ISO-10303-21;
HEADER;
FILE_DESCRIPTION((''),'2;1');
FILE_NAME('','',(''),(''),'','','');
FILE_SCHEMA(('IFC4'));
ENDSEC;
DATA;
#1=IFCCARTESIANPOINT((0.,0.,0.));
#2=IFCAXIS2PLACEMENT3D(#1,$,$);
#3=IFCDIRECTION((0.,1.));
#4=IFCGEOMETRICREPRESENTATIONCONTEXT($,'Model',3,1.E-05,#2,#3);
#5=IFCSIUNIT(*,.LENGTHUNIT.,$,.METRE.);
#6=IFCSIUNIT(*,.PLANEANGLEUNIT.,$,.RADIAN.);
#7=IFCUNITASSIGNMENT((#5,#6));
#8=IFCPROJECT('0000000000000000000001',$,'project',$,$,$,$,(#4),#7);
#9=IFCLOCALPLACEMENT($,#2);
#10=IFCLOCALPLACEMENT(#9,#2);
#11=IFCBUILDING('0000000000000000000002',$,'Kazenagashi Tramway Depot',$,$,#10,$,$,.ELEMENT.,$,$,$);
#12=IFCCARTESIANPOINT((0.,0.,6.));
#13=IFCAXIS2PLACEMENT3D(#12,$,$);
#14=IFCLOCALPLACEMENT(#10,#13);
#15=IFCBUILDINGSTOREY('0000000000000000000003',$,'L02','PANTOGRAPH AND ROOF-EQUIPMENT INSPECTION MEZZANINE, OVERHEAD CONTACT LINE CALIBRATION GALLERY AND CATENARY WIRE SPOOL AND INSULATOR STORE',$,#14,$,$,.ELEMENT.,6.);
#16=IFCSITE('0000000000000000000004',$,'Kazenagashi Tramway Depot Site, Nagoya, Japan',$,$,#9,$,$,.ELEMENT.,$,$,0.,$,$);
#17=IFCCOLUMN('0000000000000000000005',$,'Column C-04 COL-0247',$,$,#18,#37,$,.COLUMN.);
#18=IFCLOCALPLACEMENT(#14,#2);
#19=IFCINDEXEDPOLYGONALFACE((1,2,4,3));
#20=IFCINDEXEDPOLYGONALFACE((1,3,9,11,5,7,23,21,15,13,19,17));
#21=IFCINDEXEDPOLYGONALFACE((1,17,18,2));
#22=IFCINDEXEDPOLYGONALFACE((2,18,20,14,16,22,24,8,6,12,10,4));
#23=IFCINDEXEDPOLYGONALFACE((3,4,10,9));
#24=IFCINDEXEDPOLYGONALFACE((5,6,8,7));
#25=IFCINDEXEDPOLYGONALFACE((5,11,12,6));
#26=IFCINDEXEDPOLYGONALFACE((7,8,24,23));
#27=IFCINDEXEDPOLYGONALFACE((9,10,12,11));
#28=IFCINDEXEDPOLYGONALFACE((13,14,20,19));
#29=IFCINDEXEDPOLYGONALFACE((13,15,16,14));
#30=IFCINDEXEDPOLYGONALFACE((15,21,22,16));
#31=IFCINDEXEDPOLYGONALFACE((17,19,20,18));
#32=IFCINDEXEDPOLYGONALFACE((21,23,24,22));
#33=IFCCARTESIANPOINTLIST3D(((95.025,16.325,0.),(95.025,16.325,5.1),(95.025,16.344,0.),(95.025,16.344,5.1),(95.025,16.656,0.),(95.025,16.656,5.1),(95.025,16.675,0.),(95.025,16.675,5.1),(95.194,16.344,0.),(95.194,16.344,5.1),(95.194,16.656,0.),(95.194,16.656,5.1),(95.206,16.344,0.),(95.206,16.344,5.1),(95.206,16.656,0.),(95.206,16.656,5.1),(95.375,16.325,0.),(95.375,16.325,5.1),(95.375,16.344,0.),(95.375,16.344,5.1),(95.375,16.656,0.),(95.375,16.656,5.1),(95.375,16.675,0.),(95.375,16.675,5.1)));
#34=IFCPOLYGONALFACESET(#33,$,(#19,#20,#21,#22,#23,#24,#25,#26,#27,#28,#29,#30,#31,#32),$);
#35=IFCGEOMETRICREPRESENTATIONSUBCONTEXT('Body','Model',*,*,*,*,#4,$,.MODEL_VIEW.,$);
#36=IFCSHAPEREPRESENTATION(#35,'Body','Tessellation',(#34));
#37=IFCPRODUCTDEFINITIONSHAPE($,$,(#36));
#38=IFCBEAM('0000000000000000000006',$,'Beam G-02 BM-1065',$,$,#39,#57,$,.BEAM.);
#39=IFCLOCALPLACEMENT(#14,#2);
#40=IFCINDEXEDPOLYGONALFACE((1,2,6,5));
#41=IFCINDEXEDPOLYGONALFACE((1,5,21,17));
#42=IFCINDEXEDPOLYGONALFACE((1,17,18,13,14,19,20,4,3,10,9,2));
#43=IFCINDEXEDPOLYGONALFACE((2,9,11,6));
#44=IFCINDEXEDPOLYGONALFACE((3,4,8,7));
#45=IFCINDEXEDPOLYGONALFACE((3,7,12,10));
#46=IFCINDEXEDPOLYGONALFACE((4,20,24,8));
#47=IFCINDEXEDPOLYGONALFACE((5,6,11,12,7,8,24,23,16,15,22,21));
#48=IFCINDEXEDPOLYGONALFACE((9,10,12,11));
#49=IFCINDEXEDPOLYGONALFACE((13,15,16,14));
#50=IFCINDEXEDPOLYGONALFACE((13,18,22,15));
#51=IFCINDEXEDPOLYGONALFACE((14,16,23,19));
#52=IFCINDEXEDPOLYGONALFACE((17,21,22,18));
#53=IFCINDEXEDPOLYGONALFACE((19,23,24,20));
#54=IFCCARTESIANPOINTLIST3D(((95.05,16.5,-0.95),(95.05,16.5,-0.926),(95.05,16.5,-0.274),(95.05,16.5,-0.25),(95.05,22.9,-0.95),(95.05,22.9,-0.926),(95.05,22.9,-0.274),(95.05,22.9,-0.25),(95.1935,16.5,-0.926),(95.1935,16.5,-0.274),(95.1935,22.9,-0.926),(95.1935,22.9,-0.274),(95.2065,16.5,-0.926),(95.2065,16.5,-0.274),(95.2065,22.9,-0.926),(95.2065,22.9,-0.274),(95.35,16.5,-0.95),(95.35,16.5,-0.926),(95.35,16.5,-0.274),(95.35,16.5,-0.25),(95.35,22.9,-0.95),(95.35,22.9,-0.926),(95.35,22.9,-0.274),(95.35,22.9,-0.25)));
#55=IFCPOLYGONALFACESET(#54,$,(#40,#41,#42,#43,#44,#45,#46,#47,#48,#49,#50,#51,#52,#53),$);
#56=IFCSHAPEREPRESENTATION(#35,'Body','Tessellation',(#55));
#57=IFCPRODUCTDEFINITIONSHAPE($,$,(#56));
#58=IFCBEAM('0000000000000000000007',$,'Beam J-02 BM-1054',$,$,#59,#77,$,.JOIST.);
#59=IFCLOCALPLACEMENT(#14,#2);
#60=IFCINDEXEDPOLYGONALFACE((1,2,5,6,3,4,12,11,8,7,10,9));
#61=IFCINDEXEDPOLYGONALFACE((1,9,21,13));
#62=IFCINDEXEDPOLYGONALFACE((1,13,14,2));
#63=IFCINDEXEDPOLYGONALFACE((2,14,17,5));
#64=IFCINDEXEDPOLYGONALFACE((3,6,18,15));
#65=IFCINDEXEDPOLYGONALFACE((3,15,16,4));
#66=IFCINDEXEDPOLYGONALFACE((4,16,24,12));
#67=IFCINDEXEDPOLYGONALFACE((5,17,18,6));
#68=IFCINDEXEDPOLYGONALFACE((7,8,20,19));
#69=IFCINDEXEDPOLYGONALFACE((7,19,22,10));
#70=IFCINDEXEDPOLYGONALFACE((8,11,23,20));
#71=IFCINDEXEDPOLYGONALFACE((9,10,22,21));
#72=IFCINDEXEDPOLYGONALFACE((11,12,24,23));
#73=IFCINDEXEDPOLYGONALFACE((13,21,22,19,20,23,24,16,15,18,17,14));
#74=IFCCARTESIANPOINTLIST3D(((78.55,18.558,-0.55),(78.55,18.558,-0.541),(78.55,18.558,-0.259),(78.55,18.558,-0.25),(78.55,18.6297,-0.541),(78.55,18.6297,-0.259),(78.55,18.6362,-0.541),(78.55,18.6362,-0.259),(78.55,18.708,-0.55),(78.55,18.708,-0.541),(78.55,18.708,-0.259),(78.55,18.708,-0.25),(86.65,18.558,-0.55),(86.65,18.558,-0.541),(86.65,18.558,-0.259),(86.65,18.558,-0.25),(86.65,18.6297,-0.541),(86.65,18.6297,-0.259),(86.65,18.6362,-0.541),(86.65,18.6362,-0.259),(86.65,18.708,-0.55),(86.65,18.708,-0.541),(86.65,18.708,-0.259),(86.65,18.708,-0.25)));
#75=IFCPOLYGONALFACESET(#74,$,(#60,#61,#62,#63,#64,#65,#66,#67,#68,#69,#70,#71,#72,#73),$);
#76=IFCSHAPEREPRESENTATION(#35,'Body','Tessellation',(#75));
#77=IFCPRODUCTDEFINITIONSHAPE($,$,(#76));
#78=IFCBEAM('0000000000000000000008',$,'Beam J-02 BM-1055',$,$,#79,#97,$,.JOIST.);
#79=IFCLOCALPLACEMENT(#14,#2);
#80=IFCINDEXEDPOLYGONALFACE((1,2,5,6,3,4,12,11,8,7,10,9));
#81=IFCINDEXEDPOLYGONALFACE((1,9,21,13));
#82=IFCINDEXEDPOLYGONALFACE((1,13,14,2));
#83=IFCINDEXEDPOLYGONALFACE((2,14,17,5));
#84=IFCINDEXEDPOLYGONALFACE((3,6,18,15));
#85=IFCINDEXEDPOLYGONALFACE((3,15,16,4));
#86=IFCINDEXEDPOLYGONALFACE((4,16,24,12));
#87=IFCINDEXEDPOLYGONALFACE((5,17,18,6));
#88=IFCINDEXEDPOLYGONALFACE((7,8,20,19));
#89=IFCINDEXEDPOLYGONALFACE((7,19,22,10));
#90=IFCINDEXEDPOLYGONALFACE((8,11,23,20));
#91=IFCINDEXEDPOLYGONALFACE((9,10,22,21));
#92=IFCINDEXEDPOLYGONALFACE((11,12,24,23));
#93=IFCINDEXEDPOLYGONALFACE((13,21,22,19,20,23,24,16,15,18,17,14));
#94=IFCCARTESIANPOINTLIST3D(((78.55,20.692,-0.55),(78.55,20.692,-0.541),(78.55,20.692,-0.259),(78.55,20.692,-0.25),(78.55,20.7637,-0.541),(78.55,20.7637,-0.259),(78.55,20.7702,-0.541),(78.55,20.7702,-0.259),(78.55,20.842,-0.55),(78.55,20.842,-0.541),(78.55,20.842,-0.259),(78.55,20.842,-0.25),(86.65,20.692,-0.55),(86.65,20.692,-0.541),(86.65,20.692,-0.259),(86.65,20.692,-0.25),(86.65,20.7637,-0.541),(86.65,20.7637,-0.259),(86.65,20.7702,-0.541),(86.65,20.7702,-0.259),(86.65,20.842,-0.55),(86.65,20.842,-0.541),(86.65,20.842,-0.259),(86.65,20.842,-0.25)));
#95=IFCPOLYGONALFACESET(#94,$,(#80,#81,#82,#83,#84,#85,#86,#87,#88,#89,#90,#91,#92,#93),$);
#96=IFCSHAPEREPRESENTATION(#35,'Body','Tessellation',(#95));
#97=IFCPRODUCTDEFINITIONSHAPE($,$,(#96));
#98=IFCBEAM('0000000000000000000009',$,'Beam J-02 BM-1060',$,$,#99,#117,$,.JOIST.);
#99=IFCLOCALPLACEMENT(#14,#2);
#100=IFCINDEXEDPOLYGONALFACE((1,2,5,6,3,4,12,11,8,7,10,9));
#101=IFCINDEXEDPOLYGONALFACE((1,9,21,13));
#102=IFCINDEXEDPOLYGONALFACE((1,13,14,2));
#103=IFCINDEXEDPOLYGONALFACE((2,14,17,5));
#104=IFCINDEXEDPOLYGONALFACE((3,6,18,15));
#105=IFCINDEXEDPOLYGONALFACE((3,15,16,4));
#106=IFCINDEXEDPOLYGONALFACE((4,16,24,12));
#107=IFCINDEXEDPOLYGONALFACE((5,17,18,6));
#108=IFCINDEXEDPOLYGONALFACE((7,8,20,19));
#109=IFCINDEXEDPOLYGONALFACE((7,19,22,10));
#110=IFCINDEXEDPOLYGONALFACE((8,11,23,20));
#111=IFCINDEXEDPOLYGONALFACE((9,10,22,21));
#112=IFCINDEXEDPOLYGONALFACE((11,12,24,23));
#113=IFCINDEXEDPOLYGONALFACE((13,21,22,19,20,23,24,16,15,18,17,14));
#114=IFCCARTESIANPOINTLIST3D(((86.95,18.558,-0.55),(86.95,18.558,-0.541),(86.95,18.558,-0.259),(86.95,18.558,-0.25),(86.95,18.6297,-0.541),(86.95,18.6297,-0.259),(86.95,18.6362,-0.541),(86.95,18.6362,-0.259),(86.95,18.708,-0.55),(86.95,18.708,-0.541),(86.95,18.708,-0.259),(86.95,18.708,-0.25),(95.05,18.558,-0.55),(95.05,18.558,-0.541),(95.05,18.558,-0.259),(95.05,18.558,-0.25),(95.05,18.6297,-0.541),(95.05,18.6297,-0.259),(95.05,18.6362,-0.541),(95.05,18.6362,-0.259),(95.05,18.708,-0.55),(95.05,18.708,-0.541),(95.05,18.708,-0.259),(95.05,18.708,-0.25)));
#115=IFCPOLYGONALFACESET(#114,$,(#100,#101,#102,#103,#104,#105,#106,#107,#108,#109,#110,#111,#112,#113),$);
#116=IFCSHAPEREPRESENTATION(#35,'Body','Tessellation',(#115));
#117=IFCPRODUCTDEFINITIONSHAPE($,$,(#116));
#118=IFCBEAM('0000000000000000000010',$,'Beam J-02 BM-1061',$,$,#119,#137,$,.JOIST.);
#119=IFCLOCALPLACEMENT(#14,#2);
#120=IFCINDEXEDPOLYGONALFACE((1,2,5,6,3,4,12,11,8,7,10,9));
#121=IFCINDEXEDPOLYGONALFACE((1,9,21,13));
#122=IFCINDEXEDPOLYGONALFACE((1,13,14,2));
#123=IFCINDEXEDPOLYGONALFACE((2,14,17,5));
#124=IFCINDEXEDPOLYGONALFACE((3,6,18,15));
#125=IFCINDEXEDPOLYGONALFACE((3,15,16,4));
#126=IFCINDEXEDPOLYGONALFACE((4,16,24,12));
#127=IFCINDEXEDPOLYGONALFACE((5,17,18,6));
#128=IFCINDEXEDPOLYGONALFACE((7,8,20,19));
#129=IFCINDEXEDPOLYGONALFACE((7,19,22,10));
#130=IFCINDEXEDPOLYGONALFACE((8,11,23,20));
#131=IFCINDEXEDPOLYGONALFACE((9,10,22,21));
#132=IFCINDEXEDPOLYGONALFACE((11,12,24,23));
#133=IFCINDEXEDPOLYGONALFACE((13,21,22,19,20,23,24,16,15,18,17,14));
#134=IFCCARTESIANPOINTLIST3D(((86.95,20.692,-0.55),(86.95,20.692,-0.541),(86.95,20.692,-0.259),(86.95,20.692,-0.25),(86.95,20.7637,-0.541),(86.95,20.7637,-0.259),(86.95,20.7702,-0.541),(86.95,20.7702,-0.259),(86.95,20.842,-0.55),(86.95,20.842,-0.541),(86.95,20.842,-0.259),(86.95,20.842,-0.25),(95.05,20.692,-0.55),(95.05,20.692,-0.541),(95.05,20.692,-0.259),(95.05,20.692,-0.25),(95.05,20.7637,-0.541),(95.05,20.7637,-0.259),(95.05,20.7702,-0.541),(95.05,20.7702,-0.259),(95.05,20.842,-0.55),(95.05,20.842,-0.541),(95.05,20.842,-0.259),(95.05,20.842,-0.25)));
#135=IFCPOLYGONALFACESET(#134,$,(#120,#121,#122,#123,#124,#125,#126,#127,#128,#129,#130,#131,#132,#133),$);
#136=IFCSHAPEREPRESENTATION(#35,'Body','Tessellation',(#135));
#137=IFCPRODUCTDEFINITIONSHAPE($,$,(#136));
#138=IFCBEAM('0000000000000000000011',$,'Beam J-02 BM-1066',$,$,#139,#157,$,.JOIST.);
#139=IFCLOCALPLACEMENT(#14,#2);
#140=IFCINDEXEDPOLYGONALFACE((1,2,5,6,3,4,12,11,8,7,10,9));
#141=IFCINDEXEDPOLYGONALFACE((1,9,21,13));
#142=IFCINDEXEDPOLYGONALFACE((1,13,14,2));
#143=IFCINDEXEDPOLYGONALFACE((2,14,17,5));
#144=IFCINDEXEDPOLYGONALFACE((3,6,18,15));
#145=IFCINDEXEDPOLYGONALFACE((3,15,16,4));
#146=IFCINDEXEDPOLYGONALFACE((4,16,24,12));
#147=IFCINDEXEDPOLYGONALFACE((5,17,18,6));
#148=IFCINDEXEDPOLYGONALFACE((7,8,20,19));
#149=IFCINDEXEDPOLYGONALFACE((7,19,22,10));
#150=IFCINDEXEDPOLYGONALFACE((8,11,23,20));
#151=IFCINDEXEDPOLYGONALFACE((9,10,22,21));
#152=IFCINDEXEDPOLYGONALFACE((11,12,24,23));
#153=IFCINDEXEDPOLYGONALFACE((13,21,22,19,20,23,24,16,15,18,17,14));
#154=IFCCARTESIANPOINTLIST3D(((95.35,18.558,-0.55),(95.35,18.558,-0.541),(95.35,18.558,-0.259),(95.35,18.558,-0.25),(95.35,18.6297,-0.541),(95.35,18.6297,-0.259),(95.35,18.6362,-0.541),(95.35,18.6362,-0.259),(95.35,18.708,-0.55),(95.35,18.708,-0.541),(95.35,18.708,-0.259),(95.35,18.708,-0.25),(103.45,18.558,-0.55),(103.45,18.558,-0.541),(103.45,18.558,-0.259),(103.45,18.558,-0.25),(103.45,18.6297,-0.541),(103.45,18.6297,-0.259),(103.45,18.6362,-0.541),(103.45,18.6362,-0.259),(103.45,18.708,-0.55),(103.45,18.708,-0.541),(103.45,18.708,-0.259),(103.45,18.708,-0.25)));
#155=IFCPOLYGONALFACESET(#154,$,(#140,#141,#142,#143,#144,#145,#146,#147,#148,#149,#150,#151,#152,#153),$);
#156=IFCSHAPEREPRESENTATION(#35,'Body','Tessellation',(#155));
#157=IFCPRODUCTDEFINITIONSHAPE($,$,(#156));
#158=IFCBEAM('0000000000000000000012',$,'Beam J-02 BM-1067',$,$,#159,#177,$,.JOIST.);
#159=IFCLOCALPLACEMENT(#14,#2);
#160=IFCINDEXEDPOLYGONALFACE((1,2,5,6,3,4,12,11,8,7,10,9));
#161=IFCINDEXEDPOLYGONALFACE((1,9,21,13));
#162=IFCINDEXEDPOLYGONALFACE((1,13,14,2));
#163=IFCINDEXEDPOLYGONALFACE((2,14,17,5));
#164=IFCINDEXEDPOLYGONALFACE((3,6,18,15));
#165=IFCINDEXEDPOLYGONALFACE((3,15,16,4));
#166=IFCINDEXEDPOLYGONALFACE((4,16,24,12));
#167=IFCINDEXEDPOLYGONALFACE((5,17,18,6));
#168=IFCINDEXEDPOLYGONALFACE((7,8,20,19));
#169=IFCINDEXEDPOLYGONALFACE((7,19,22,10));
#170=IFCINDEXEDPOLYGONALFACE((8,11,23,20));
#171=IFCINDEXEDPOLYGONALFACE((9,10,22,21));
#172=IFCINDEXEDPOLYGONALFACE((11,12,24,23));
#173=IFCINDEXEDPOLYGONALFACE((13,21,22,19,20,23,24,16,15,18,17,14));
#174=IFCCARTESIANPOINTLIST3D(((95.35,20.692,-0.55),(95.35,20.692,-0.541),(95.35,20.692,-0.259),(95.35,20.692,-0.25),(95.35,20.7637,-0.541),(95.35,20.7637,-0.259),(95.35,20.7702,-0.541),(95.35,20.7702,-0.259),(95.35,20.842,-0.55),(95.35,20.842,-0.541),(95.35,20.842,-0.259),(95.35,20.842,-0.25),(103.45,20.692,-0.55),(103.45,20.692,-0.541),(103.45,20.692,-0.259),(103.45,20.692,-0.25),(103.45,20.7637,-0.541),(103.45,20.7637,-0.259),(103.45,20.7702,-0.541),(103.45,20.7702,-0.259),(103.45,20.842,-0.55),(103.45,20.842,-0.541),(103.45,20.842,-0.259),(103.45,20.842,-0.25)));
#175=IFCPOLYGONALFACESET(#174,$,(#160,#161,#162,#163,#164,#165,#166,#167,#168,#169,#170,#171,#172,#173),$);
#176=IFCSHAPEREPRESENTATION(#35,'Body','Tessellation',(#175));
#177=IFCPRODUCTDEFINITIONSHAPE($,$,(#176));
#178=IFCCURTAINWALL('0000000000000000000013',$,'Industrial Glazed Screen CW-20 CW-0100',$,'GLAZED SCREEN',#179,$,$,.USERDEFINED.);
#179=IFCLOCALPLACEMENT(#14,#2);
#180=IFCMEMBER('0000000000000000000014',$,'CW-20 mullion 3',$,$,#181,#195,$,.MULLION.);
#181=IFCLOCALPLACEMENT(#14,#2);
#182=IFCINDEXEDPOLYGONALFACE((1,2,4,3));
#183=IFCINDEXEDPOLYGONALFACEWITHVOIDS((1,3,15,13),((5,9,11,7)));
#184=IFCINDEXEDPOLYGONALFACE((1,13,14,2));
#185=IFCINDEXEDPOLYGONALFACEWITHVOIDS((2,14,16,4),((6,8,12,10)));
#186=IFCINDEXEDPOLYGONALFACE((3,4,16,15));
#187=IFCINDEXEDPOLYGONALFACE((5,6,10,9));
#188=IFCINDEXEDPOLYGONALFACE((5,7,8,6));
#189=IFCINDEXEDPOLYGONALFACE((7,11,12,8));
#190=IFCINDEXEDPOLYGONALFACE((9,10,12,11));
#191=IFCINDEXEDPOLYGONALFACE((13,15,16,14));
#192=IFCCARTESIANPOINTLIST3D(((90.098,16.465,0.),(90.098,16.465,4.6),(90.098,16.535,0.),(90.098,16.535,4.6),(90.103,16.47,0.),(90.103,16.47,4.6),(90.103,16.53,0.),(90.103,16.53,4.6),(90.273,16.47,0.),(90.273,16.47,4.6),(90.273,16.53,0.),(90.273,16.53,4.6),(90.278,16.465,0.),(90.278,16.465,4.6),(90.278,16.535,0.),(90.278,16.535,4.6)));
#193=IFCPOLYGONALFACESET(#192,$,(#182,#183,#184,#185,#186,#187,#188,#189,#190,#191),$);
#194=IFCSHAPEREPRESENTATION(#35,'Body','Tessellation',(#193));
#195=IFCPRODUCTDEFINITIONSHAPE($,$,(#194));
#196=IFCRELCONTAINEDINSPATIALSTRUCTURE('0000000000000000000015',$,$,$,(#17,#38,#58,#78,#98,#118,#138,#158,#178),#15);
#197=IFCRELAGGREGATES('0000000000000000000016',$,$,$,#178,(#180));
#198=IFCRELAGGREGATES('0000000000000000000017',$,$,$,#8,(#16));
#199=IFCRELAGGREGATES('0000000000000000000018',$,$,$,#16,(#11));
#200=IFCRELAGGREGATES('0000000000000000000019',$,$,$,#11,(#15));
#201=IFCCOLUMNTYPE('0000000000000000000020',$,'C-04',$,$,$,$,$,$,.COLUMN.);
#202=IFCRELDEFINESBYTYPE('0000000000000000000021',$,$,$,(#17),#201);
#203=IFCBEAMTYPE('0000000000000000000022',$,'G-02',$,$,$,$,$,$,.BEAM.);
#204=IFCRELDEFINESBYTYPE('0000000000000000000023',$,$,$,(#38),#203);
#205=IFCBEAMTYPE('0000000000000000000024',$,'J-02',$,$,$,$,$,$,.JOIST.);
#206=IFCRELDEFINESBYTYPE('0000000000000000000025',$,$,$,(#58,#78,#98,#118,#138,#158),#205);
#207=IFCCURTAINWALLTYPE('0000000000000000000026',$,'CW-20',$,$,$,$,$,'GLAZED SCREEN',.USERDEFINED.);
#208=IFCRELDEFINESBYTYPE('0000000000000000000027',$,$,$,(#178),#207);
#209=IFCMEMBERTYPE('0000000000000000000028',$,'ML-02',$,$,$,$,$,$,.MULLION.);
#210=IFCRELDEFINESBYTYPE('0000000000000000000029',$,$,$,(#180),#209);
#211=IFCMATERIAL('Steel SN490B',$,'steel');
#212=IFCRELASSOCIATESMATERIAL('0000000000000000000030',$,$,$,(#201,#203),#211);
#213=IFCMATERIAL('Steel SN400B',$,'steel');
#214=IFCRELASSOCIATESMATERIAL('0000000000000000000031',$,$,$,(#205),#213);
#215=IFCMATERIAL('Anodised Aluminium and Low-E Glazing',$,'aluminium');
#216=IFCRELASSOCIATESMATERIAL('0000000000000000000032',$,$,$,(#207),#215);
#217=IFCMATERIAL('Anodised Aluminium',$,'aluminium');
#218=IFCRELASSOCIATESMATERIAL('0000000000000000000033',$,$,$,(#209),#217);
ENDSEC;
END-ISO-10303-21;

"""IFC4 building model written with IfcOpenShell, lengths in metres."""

from ifc_helpers import new_model, si_unit, direction, frame, origin, origin_2d, place, context, subcontext, project, spatial, hollow_rectangle, i_section, extrude, material, material_profile, profile_set, type_object, element, aggregate, save


model = new_model("IFC4")

# Units and contexts
model_context = context("Model", 3, precision=1e-05, world=origin(), true_north=direction((0.0, 1.0)))
body_context = subcontext(model_context, "Body", "Model", "MODEL_VIEW")
ifc_project = project(units=[si_unit("LENGTHUNIT", "METRE"), si_unit("PLANEANGLEUNIT", "RADIAN")], contexts=[model_context])

# Site, building, storey
site_placement = place(None, origin())
site = spatial("IfcSite", under=ifc_project, at=site_placement, Name="Kazenagashi Tramway Depot Site, Nagoya, Japan", CompositionType="ELEMENT", RefElevation=0.0)
building_placement = place(site_placement, origin())
building = spatial("IfcBuilding", under=site, at=building_placement, Name="Kazenagashi Tramway Depot", CompositionType="ELEMENT")
storey_placement = place(building_placement, frame((0.0, 0.0, 6.0)))
storey = spatial("IfcBuildingStorey", under=building, at=storey_placement, Name="L02", Description="PANTOGRAPH AND ROOF-EQUIPMENT INSPECTION MEZZANINE, OVERHEAD CONTACT LINE CALIBRATION GALLERY AND CATENARY WIRE SPOOL AND INSULATOR STORE", CompositionType="ELEMENT", Elevation=6.0)

# Column
ifc_material_1 = material(Name="Steel SN490B", Category="steel")
ifc_material_profile_1 = material_profile(ifc_material_1, i_section(OverallWidth=0.35, OverallDepth=0.35, WebThickness=0.012, FlangeThickness=0.019, at=origin_2d()), Name="H-350x350x12x19")
ifc_profile_set_1 = profile_set([ifc_material_profile_1], Name="Steel SN490B")
column_type = type_object("IfcColumnType", Name="C-04", PredefinedType="COLUMN", material=ifc_profile_set_1)
column_placement = place(storey_placement, frame((95.2, 16.5, 0.0), z_axis=(0.0, 0.0, 1.0), x_axis=(1.0, 0.0, 0.0)))
element("IfcColumn", 1, at=column_placement, inside=storey, type_object=column_type, Name="Column C-04 COL-0247", PredefinedType="COLUMN", context=body_context, shape_type="SweptSolid", body=[
    extrude(i_section(OverallWidth=0.35, OverallDepth=0.35, WebThickness=0.012, FlangeThickness=0.019, at=origin_2d()), origin(), (0.0, 0.0, 1.0), 5.1),
])

# Beams
ifc_material_profile_2 = material_profile(ifc_material_1, i_section(OverallWidth=0.3, OverallDepth=0.7, WebThickness=0.013, FlangeThickness=0.024, at=origin_2d()), Name="H-700x300x13x24")
ifc_profile_set_2 = profile_set([ifc_material_profile_2], Name="Steel SN490B")
beam_type_1 = type_object("IfcBeamType", Name="G-02", PredefinedType="BEAM", material=ifc_profile_set_2)
beam_1_placement = place(storey_placement, frame((95.2, 16.5, -0.6), z_axis=(0.0, 1.0, 0.0), x_axis=(-1.0, 0.0, 0.0)))
element("IfcBeam", 2, at=beam_1_placement, inside=storey, type_object=beam_type_1, Name="Beam G-02 BM-1065", PredefinedType="BEAM", context=body_context, shape_type="SweptSolid", body=[
    extrude(i_section(OverallWidth=0.3, OverallDepth=0.7, WebThickness=0.013, FlangeThickness=0.024, at=origin_2d()), origin(), (0.0, 0.0, 1.0), 6.4),
])
ifc_material_2 = material(Name="Steel SN400B", Category="steel")
ifc_material_profile_3 = material_profile(ifc_material_2, i_section(OverallWidth=0.15, OverallDepth=0.3, WebThickness=0.0065, FlangeThickness=0.009, at=origin_2d()), Name="H-300x150x6.5x9")
ifc_profile_set_3 = profile_set([ifc_material_profile_3], Name="Steel SN400B")
beam_type_2 = type_object("IfcBeamType", Name="J-02", PredefinedType="JOIST", material=ifc_profile_set_3)
for number, where, z_axis, x_axis, name in (
    (3, (78.55, 18.633, -0.4), (1.0, 0.0, 0.0), (0.0, 1.0, 0.0), "Beam J-02 BM-1054"),
    (4, (78.55, 20.767, -0.4), (1.0, 0.0, 0.0), (0.0, 1.0, 0.0), "Beam J-02 BM-1055"),
    (5, (86.95, 18.633, -0.4), (1.0, 0.0, 0.0), (0.0, 1.0, 0.0), "Beam J-02 BM-1060"),
    (6, (86.95, 20.767, -0.4), (1.0, 0.0, 0.0), (0.0, 1.0, 0.0), "Beam J-02 BM-1061"),
    (7, (95.35, 18.633, -0.4), (1.0, 0.0, 0.0), (0.0, 1.0, 0.0), "Beam J-02 BM-1066"),
    (8, (95.35, 20.767, -0.4), (1.0, 0.0, 0.0), (0.0, 1.0, 0.0), "Beam J-02 BM-1067"),
):
    element("IfcBeam", number, at=place(storey_placement, frame(where, z_axis=z_axis, x_axis=x_axis)), inside=storey, type_object=beam_type_2, Name=name, PredefinedType="JOIST", context=body_context, shape_type="SweptSolid", body=[
        extrude(i_section(OverallWidth=0.15, OverallDepth=0.3, WebThickness=0.0065, FlangeThickness=0.009, at=origin_2d()), origin(), (0.0, 0.0, 1.0), 8.1),
    ])

# Curtain wall, member
ifc_material_3 = material(Name="Anodised Aluminium and Low-E Glazing", Category="aluminium")
curtain_wall_type = type_object("IfcCurtainWallType", Name="CW-20", ElementType="GLAZED SCREEN", PredefinedType="USERDEFINED", material=ifc_material_3)
curtain_wall_1_placement = place(storey_placement, origin())
curtain_wall_1 = element("IfcCurtainWall", 9, at=curtain_wall_1_placement, inside=storey, type_object=curtain_wall_type, Name="Industrial Glazed Screen CW-20 CW-0100", ObjectType="GLAZED SCREEN", PredefinedType="USERDEFINED")
ifc_material_4 = material(Name="Anodised Aluminium", Category="aluminium")
ifc_material_profile_4 = material_profile(ifc_material_4, hollow_rectangle(XDim=0.07, YDim=0.18, WallThickness=0.005, at=origin_2d()), Name="RHS-180x70x5")
ifc_profile_set_4 = profile_set([ifc_material_profile_4], Name="Anodised Aluminium")
member_type_1 = type_object("IfcMemberType", Name="ML-02", PredefinedType="MULLION", material=ifc_profile_set_4)
member_1_placement = place(storey_placement, frame((90.188, 16.5, 0.0), z_axis=(0.0, 0.0, 1.0), x_axis=(0.0, 1.0, 0.0)))
member_1 = element("IfcMember", 10, at=member_1_placement, type_object=member_type_1, Name="CW-20 mullion 3", PredefinedType="MULLION", context=body_context, shape_type="SweptSolid", body=[
    extrude(hollow_rectangle(XDim=0.07, YDim=0.18, WallThickness=0.005, at=origin_2d()), origin(), (0.0, 0.0, 1.0), 4.6),
])

aggregate(curtain_wall_1, [member_1])

save(model, "model.ifc")
